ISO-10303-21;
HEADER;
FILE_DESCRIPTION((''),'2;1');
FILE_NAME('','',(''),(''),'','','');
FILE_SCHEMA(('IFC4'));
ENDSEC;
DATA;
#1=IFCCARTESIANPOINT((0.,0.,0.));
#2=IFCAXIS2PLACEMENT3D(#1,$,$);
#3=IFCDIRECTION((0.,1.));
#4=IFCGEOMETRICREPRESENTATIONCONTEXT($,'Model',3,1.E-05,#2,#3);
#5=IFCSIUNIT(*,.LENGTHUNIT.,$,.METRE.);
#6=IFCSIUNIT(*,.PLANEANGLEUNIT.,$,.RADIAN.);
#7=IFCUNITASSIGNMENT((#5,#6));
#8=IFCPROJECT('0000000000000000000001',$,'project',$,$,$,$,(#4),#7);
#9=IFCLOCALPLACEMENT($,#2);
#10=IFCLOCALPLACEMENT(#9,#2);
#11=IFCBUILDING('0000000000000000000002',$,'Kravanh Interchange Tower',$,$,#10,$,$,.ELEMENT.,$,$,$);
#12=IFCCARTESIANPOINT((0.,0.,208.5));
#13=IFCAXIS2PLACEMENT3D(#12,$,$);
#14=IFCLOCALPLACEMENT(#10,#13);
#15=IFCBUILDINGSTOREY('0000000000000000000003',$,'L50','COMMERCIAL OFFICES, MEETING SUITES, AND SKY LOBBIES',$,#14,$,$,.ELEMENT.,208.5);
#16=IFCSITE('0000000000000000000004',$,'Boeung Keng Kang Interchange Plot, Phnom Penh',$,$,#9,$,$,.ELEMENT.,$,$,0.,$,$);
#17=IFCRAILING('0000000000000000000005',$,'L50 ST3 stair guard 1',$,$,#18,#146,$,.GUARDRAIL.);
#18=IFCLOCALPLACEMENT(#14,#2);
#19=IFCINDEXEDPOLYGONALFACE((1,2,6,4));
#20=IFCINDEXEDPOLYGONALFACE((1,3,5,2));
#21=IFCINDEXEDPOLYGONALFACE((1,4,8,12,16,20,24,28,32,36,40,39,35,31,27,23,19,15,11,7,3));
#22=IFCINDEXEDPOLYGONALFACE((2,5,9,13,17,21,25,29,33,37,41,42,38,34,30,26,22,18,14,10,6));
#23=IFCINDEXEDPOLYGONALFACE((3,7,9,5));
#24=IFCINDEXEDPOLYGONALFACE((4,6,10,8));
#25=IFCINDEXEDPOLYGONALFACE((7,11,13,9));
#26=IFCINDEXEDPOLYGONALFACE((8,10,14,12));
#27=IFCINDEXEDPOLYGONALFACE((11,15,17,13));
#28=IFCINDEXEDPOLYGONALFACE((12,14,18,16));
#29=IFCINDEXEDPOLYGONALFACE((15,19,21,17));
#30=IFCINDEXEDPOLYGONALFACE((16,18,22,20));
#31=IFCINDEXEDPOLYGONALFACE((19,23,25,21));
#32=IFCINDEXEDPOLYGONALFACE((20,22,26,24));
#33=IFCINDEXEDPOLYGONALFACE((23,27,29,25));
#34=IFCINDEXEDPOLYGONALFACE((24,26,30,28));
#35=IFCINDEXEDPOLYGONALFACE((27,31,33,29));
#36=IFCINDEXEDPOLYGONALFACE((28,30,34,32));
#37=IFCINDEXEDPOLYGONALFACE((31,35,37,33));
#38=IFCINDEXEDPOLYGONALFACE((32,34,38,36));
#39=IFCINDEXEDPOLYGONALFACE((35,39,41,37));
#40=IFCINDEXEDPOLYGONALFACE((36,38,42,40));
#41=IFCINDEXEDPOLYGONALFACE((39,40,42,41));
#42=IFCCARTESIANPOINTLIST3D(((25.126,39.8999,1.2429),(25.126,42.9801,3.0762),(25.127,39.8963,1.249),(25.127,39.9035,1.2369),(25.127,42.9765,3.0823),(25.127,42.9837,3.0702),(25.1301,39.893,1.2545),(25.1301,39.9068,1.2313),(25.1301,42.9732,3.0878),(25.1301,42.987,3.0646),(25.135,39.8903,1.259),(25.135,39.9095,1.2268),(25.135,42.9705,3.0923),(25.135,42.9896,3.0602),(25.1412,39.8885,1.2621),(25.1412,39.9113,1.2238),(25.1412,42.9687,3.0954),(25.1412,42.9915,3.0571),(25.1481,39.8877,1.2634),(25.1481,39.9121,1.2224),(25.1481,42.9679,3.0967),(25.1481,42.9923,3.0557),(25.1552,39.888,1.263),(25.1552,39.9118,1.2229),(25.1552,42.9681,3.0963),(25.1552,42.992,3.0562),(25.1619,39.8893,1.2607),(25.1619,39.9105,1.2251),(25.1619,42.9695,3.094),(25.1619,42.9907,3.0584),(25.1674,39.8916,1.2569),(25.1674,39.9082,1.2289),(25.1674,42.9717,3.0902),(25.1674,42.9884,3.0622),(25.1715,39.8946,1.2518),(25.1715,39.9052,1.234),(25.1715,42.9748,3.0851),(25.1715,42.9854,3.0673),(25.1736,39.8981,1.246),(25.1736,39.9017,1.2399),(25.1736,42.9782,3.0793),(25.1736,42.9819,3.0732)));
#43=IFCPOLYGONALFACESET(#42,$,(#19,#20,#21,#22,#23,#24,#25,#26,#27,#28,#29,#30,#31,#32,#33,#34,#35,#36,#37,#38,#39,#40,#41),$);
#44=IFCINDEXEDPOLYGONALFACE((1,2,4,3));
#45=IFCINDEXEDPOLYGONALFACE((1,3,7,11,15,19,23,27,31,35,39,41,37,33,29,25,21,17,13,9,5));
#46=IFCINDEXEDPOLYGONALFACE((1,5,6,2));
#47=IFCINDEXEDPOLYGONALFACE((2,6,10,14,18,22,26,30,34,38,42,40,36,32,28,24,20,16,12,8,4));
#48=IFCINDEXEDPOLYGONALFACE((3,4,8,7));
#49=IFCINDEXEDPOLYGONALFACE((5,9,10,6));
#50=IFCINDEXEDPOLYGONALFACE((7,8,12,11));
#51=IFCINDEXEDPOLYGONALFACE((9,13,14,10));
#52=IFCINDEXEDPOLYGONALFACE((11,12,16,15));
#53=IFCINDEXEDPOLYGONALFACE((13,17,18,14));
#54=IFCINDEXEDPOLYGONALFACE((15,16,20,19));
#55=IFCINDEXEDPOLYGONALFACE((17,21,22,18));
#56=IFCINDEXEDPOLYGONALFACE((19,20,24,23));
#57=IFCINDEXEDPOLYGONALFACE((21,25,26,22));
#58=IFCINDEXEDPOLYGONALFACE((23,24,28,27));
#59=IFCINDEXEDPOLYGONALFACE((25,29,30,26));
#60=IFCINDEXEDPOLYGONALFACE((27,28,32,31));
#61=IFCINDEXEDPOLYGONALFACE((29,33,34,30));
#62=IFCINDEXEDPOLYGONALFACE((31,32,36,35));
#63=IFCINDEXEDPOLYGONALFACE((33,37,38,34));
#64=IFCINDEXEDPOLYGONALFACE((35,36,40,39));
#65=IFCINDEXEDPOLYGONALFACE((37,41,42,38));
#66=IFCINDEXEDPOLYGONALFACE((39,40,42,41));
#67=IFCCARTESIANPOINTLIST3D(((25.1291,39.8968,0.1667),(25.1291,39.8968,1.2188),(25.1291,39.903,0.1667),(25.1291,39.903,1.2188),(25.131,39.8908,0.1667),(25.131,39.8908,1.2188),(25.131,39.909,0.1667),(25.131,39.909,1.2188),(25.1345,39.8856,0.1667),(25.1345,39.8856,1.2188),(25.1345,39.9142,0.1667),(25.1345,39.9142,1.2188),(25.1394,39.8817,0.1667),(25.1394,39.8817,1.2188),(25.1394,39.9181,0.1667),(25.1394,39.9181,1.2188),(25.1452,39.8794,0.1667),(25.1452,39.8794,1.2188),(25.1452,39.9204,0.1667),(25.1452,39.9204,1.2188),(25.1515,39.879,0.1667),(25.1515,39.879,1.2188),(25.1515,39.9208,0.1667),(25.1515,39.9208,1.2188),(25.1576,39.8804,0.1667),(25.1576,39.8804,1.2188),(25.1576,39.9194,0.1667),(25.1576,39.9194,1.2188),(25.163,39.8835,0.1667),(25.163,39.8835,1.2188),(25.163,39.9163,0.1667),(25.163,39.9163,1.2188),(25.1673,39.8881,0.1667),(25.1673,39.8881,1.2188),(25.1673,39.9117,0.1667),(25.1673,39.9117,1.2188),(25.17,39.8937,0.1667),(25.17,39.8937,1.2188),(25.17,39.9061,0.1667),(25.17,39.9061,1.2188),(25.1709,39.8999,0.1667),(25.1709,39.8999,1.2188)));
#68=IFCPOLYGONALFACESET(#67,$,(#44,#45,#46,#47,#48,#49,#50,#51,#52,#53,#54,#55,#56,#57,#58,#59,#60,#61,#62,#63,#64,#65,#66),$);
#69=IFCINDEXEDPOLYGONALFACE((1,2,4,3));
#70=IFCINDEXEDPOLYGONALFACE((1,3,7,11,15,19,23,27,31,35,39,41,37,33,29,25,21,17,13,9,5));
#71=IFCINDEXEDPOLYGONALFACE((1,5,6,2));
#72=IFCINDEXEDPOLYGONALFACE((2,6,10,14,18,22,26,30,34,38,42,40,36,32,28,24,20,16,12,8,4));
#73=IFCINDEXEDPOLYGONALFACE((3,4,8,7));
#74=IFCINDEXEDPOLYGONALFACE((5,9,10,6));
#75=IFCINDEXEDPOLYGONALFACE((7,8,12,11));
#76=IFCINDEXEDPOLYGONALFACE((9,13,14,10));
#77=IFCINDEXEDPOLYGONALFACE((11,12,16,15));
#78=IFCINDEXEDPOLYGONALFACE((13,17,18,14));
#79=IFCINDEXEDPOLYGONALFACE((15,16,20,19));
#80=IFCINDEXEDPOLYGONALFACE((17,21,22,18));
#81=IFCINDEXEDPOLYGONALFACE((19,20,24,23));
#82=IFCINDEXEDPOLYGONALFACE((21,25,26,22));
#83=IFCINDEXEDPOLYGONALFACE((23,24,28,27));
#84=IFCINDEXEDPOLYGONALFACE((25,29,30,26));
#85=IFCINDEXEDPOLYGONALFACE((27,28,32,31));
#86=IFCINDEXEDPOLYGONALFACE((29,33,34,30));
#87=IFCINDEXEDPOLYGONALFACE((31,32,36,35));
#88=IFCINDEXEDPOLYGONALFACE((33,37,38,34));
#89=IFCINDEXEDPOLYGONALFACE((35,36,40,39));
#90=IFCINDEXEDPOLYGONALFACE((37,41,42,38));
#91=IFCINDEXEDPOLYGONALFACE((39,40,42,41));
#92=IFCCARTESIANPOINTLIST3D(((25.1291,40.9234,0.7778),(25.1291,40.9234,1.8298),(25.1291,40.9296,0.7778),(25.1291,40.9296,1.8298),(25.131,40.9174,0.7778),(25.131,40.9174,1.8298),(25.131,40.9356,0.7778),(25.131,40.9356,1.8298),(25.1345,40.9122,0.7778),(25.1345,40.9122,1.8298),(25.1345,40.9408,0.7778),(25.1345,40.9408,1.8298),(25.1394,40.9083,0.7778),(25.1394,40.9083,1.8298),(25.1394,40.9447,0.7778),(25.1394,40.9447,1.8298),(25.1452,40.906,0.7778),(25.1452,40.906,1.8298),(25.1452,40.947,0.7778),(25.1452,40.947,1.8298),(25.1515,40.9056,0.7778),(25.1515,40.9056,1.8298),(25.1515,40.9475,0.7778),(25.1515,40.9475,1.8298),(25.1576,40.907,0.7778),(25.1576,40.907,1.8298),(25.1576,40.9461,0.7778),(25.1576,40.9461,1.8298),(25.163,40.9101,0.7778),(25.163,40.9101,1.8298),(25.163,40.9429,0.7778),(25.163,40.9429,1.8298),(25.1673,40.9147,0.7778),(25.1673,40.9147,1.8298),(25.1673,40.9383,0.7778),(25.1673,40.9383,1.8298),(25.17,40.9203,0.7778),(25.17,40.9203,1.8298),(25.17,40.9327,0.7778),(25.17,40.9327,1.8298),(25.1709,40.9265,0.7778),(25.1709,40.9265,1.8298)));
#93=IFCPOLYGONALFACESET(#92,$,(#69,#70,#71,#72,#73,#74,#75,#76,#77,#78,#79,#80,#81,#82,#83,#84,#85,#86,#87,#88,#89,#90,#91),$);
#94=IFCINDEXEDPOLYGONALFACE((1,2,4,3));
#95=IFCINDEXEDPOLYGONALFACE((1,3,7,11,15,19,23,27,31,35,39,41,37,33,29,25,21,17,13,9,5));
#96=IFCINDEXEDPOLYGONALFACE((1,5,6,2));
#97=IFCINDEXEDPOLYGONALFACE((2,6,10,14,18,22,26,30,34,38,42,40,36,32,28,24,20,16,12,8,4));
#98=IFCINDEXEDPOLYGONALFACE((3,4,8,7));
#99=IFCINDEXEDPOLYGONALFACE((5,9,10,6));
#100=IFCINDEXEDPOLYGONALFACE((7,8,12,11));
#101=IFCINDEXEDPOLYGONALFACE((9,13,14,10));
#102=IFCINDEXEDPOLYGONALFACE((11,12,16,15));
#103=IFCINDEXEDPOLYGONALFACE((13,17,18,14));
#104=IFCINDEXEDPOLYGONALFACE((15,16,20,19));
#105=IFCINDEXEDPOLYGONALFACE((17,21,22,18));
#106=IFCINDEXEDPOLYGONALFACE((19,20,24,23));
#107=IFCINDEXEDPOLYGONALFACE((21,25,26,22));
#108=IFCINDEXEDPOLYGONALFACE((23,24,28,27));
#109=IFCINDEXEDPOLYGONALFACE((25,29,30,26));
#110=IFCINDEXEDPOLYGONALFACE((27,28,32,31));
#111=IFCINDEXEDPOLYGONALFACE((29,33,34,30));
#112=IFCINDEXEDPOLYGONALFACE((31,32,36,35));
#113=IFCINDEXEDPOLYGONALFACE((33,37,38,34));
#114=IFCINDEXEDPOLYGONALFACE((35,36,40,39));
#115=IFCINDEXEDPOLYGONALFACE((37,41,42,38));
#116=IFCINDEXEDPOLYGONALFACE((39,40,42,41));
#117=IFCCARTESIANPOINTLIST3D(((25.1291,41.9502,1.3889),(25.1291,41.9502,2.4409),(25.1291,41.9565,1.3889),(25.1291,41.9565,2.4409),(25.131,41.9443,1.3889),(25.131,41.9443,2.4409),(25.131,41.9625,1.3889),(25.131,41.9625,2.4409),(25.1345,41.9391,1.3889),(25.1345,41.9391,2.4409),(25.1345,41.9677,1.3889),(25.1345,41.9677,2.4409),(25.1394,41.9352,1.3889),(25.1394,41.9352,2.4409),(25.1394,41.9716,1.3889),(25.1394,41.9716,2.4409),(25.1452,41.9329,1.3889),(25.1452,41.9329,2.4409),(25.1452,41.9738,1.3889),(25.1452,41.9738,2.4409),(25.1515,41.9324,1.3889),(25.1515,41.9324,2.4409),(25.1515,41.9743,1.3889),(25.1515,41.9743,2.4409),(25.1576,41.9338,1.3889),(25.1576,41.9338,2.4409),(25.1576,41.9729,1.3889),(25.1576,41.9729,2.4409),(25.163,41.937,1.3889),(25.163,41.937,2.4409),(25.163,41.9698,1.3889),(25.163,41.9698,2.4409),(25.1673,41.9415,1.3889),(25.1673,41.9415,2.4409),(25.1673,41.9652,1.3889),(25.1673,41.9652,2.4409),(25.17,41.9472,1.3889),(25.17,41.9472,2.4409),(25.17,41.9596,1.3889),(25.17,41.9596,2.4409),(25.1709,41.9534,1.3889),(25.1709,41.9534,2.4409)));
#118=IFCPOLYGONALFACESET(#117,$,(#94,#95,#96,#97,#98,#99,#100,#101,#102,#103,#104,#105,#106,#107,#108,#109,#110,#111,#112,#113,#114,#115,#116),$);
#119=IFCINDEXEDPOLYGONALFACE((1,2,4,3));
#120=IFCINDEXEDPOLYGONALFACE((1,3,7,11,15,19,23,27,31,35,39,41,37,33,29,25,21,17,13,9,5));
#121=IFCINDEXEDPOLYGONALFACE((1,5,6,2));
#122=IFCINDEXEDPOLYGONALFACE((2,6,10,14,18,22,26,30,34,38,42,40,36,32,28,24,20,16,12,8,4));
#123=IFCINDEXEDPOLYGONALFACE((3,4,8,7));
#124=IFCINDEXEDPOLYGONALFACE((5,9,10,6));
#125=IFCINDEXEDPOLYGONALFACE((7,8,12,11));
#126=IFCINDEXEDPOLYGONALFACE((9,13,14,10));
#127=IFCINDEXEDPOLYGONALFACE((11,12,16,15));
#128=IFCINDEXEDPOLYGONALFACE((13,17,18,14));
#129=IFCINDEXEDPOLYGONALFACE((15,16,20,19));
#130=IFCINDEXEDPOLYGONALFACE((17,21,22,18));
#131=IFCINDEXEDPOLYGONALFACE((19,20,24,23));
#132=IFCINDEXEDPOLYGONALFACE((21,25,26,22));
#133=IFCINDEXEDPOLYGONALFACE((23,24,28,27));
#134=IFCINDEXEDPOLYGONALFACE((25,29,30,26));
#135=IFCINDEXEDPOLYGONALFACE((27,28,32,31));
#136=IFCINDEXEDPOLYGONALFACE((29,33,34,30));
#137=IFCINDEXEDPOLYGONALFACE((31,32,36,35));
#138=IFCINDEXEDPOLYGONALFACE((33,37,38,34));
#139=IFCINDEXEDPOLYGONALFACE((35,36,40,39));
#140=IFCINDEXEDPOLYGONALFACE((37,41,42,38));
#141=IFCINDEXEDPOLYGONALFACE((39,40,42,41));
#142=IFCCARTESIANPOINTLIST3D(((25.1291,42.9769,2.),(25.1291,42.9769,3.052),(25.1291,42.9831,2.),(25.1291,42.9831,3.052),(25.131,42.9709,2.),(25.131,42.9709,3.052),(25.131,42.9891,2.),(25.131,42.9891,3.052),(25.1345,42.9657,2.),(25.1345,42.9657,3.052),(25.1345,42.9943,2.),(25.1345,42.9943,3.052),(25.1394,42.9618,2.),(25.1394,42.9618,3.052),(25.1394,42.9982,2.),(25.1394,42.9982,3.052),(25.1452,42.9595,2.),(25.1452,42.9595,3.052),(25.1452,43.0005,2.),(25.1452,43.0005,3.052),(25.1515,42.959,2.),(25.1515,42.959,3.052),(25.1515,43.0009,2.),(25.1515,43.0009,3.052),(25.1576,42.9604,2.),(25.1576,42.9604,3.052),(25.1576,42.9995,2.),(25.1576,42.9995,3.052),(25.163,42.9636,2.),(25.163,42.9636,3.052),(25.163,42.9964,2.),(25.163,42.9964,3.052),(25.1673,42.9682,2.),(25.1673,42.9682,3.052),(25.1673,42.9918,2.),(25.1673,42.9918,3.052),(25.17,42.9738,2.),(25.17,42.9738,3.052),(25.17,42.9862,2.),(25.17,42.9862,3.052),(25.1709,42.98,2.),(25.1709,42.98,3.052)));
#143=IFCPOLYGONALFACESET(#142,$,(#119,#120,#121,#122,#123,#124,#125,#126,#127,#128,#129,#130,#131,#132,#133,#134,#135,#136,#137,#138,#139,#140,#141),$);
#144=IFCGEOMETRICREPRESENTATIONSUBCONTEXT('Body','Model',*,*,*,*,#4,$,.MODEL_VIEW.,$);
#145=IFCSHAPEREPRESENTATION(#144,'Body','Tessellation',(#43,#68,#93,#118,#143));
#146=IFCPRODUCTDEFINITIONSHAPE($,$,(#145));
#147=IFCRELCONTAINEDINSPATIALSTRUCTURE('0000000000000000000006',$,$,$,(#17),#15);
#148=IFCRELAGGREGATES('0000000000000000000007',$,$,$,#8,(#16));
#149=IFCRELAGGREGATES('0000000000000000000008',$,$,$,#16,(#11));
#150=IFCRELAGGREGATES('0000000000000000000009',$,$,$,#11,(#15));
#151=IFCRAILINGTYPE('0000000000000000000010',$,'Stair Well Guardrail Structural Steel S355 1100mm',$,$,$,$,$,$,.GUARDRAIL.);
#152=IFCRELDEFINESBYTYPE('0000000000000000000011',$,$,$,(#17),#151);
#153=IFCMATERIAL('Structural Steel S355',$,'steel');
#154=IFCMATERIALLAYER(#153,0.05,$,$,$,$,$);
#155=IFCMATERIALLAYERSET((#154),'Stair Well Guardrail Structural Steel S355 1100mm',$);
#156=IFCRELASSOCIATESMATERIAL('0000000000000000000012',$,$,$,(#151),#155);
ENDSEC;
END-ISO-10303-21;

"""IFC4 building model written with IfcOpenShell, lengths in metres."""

from ifc_helpers import new_model, si_unit, direction, frame, origin, origin_2d, place, context, subcontext, project, spatial, circle, extrude, material, layer, layer_set, type_object, element, save


model = new_model("IFC4")

# Units and contexts
model_context = context("Model", 3, precision=1e-05, world=origin(), true_north=direction((0.0, 1.0)))
body_context = subcontext(model_context, "Body", "Model", "MODEL_VIEW")
ifc_project = project(units=[si_unit("LENGTHUNIT", "METRE"), si_unit("PLANEANGLEUNIT", "RADIAN")], contexts=[model_context])

# Site, building, storey
site_placement = place(None, origin())
site = spatial("IfcSite", under=ifc_project, at=site_placement, Name="Boeung Keng Kang Interchange Plot, Phnom Penh", CompositionType="ELEMENT", RefElevation=0.0)
building_placement = place(site_placement, origin())
building = spatial("IfcBuilding", under=site, at=building_placement, Name="Kravanh Interchange Tower", CompositionType="ELEMENT")
storey_placement = place(building_placement, frame((0.0, 0.0, 208.5)))
storey = spatial("IfcBuildingStorey", under=building, at=storey_placement, Name="L50", Description="COMMERCIAL OFFICES, MEETING SUITES, AND SKY LOBBIES", CompositionType="ELEMENT", Elevation=208.5)

# Railing
ifc_material_1 = material(Name="Structural Steel S355", Category="steel")
ifc_layer_1 = layer(ifc_material_1, 0.05)
ifc_layer_set_1 = layer_set([ifc_layer_1], Name="Stair Well Guardrail Structural Steel S355 1100mm")
railing_type_1 = type_object("IfcRailingType", Name="Stair Well Guardrail Structural Steel S355 1100mm", PredefinedType="GUARDRAIL", material=ifc_layer_set_1)
railing_1_placement = place(storey_placement, frame((25.1499, 39.8999, 0.1667)))
element("IfcRailing", 1, at=railing_1_placement, inside=storey, type_object=railing_type_1, Name="L50 ST3 stair guard 1", PredefinedType="GUARDRAIL", context=body_context, shape_type="SweptSolid", body=[
    extrude(circle(Radius=0.0239, at=origin_2d()), frame((0.0, 0.0, 1.0762), z_axis=(0.0, 0.859309, 0.511458), x_axis=(-1.0, 0.0, 0.0)), (0.0, 0.0, 1.0), 3.5845),
    extrude(circle(Radius=0.021, at=origin_2d()), origin(), (0.0, 0.0, 1.0), 1.052),
    extrude(circle(Radius=0.021, at=origin_2d()), frame((0.0, 1.0266, 0.6111)), (0.0, 0.0, 1.0), 1.052),
    extrude(circle(Radius=0.021, at=origin_2d()), frame((0.0, 2.0535, 1.2222)), (0.0, 0.0, 1.0), 1.052),
    extrude(circle(Radius=0.021, at=origin_2d()), frame((0.0, 3.0801, 1.8333)), (0.0, 0.0, 1.0), 1.052),
])

save(model, "model.ifc")
